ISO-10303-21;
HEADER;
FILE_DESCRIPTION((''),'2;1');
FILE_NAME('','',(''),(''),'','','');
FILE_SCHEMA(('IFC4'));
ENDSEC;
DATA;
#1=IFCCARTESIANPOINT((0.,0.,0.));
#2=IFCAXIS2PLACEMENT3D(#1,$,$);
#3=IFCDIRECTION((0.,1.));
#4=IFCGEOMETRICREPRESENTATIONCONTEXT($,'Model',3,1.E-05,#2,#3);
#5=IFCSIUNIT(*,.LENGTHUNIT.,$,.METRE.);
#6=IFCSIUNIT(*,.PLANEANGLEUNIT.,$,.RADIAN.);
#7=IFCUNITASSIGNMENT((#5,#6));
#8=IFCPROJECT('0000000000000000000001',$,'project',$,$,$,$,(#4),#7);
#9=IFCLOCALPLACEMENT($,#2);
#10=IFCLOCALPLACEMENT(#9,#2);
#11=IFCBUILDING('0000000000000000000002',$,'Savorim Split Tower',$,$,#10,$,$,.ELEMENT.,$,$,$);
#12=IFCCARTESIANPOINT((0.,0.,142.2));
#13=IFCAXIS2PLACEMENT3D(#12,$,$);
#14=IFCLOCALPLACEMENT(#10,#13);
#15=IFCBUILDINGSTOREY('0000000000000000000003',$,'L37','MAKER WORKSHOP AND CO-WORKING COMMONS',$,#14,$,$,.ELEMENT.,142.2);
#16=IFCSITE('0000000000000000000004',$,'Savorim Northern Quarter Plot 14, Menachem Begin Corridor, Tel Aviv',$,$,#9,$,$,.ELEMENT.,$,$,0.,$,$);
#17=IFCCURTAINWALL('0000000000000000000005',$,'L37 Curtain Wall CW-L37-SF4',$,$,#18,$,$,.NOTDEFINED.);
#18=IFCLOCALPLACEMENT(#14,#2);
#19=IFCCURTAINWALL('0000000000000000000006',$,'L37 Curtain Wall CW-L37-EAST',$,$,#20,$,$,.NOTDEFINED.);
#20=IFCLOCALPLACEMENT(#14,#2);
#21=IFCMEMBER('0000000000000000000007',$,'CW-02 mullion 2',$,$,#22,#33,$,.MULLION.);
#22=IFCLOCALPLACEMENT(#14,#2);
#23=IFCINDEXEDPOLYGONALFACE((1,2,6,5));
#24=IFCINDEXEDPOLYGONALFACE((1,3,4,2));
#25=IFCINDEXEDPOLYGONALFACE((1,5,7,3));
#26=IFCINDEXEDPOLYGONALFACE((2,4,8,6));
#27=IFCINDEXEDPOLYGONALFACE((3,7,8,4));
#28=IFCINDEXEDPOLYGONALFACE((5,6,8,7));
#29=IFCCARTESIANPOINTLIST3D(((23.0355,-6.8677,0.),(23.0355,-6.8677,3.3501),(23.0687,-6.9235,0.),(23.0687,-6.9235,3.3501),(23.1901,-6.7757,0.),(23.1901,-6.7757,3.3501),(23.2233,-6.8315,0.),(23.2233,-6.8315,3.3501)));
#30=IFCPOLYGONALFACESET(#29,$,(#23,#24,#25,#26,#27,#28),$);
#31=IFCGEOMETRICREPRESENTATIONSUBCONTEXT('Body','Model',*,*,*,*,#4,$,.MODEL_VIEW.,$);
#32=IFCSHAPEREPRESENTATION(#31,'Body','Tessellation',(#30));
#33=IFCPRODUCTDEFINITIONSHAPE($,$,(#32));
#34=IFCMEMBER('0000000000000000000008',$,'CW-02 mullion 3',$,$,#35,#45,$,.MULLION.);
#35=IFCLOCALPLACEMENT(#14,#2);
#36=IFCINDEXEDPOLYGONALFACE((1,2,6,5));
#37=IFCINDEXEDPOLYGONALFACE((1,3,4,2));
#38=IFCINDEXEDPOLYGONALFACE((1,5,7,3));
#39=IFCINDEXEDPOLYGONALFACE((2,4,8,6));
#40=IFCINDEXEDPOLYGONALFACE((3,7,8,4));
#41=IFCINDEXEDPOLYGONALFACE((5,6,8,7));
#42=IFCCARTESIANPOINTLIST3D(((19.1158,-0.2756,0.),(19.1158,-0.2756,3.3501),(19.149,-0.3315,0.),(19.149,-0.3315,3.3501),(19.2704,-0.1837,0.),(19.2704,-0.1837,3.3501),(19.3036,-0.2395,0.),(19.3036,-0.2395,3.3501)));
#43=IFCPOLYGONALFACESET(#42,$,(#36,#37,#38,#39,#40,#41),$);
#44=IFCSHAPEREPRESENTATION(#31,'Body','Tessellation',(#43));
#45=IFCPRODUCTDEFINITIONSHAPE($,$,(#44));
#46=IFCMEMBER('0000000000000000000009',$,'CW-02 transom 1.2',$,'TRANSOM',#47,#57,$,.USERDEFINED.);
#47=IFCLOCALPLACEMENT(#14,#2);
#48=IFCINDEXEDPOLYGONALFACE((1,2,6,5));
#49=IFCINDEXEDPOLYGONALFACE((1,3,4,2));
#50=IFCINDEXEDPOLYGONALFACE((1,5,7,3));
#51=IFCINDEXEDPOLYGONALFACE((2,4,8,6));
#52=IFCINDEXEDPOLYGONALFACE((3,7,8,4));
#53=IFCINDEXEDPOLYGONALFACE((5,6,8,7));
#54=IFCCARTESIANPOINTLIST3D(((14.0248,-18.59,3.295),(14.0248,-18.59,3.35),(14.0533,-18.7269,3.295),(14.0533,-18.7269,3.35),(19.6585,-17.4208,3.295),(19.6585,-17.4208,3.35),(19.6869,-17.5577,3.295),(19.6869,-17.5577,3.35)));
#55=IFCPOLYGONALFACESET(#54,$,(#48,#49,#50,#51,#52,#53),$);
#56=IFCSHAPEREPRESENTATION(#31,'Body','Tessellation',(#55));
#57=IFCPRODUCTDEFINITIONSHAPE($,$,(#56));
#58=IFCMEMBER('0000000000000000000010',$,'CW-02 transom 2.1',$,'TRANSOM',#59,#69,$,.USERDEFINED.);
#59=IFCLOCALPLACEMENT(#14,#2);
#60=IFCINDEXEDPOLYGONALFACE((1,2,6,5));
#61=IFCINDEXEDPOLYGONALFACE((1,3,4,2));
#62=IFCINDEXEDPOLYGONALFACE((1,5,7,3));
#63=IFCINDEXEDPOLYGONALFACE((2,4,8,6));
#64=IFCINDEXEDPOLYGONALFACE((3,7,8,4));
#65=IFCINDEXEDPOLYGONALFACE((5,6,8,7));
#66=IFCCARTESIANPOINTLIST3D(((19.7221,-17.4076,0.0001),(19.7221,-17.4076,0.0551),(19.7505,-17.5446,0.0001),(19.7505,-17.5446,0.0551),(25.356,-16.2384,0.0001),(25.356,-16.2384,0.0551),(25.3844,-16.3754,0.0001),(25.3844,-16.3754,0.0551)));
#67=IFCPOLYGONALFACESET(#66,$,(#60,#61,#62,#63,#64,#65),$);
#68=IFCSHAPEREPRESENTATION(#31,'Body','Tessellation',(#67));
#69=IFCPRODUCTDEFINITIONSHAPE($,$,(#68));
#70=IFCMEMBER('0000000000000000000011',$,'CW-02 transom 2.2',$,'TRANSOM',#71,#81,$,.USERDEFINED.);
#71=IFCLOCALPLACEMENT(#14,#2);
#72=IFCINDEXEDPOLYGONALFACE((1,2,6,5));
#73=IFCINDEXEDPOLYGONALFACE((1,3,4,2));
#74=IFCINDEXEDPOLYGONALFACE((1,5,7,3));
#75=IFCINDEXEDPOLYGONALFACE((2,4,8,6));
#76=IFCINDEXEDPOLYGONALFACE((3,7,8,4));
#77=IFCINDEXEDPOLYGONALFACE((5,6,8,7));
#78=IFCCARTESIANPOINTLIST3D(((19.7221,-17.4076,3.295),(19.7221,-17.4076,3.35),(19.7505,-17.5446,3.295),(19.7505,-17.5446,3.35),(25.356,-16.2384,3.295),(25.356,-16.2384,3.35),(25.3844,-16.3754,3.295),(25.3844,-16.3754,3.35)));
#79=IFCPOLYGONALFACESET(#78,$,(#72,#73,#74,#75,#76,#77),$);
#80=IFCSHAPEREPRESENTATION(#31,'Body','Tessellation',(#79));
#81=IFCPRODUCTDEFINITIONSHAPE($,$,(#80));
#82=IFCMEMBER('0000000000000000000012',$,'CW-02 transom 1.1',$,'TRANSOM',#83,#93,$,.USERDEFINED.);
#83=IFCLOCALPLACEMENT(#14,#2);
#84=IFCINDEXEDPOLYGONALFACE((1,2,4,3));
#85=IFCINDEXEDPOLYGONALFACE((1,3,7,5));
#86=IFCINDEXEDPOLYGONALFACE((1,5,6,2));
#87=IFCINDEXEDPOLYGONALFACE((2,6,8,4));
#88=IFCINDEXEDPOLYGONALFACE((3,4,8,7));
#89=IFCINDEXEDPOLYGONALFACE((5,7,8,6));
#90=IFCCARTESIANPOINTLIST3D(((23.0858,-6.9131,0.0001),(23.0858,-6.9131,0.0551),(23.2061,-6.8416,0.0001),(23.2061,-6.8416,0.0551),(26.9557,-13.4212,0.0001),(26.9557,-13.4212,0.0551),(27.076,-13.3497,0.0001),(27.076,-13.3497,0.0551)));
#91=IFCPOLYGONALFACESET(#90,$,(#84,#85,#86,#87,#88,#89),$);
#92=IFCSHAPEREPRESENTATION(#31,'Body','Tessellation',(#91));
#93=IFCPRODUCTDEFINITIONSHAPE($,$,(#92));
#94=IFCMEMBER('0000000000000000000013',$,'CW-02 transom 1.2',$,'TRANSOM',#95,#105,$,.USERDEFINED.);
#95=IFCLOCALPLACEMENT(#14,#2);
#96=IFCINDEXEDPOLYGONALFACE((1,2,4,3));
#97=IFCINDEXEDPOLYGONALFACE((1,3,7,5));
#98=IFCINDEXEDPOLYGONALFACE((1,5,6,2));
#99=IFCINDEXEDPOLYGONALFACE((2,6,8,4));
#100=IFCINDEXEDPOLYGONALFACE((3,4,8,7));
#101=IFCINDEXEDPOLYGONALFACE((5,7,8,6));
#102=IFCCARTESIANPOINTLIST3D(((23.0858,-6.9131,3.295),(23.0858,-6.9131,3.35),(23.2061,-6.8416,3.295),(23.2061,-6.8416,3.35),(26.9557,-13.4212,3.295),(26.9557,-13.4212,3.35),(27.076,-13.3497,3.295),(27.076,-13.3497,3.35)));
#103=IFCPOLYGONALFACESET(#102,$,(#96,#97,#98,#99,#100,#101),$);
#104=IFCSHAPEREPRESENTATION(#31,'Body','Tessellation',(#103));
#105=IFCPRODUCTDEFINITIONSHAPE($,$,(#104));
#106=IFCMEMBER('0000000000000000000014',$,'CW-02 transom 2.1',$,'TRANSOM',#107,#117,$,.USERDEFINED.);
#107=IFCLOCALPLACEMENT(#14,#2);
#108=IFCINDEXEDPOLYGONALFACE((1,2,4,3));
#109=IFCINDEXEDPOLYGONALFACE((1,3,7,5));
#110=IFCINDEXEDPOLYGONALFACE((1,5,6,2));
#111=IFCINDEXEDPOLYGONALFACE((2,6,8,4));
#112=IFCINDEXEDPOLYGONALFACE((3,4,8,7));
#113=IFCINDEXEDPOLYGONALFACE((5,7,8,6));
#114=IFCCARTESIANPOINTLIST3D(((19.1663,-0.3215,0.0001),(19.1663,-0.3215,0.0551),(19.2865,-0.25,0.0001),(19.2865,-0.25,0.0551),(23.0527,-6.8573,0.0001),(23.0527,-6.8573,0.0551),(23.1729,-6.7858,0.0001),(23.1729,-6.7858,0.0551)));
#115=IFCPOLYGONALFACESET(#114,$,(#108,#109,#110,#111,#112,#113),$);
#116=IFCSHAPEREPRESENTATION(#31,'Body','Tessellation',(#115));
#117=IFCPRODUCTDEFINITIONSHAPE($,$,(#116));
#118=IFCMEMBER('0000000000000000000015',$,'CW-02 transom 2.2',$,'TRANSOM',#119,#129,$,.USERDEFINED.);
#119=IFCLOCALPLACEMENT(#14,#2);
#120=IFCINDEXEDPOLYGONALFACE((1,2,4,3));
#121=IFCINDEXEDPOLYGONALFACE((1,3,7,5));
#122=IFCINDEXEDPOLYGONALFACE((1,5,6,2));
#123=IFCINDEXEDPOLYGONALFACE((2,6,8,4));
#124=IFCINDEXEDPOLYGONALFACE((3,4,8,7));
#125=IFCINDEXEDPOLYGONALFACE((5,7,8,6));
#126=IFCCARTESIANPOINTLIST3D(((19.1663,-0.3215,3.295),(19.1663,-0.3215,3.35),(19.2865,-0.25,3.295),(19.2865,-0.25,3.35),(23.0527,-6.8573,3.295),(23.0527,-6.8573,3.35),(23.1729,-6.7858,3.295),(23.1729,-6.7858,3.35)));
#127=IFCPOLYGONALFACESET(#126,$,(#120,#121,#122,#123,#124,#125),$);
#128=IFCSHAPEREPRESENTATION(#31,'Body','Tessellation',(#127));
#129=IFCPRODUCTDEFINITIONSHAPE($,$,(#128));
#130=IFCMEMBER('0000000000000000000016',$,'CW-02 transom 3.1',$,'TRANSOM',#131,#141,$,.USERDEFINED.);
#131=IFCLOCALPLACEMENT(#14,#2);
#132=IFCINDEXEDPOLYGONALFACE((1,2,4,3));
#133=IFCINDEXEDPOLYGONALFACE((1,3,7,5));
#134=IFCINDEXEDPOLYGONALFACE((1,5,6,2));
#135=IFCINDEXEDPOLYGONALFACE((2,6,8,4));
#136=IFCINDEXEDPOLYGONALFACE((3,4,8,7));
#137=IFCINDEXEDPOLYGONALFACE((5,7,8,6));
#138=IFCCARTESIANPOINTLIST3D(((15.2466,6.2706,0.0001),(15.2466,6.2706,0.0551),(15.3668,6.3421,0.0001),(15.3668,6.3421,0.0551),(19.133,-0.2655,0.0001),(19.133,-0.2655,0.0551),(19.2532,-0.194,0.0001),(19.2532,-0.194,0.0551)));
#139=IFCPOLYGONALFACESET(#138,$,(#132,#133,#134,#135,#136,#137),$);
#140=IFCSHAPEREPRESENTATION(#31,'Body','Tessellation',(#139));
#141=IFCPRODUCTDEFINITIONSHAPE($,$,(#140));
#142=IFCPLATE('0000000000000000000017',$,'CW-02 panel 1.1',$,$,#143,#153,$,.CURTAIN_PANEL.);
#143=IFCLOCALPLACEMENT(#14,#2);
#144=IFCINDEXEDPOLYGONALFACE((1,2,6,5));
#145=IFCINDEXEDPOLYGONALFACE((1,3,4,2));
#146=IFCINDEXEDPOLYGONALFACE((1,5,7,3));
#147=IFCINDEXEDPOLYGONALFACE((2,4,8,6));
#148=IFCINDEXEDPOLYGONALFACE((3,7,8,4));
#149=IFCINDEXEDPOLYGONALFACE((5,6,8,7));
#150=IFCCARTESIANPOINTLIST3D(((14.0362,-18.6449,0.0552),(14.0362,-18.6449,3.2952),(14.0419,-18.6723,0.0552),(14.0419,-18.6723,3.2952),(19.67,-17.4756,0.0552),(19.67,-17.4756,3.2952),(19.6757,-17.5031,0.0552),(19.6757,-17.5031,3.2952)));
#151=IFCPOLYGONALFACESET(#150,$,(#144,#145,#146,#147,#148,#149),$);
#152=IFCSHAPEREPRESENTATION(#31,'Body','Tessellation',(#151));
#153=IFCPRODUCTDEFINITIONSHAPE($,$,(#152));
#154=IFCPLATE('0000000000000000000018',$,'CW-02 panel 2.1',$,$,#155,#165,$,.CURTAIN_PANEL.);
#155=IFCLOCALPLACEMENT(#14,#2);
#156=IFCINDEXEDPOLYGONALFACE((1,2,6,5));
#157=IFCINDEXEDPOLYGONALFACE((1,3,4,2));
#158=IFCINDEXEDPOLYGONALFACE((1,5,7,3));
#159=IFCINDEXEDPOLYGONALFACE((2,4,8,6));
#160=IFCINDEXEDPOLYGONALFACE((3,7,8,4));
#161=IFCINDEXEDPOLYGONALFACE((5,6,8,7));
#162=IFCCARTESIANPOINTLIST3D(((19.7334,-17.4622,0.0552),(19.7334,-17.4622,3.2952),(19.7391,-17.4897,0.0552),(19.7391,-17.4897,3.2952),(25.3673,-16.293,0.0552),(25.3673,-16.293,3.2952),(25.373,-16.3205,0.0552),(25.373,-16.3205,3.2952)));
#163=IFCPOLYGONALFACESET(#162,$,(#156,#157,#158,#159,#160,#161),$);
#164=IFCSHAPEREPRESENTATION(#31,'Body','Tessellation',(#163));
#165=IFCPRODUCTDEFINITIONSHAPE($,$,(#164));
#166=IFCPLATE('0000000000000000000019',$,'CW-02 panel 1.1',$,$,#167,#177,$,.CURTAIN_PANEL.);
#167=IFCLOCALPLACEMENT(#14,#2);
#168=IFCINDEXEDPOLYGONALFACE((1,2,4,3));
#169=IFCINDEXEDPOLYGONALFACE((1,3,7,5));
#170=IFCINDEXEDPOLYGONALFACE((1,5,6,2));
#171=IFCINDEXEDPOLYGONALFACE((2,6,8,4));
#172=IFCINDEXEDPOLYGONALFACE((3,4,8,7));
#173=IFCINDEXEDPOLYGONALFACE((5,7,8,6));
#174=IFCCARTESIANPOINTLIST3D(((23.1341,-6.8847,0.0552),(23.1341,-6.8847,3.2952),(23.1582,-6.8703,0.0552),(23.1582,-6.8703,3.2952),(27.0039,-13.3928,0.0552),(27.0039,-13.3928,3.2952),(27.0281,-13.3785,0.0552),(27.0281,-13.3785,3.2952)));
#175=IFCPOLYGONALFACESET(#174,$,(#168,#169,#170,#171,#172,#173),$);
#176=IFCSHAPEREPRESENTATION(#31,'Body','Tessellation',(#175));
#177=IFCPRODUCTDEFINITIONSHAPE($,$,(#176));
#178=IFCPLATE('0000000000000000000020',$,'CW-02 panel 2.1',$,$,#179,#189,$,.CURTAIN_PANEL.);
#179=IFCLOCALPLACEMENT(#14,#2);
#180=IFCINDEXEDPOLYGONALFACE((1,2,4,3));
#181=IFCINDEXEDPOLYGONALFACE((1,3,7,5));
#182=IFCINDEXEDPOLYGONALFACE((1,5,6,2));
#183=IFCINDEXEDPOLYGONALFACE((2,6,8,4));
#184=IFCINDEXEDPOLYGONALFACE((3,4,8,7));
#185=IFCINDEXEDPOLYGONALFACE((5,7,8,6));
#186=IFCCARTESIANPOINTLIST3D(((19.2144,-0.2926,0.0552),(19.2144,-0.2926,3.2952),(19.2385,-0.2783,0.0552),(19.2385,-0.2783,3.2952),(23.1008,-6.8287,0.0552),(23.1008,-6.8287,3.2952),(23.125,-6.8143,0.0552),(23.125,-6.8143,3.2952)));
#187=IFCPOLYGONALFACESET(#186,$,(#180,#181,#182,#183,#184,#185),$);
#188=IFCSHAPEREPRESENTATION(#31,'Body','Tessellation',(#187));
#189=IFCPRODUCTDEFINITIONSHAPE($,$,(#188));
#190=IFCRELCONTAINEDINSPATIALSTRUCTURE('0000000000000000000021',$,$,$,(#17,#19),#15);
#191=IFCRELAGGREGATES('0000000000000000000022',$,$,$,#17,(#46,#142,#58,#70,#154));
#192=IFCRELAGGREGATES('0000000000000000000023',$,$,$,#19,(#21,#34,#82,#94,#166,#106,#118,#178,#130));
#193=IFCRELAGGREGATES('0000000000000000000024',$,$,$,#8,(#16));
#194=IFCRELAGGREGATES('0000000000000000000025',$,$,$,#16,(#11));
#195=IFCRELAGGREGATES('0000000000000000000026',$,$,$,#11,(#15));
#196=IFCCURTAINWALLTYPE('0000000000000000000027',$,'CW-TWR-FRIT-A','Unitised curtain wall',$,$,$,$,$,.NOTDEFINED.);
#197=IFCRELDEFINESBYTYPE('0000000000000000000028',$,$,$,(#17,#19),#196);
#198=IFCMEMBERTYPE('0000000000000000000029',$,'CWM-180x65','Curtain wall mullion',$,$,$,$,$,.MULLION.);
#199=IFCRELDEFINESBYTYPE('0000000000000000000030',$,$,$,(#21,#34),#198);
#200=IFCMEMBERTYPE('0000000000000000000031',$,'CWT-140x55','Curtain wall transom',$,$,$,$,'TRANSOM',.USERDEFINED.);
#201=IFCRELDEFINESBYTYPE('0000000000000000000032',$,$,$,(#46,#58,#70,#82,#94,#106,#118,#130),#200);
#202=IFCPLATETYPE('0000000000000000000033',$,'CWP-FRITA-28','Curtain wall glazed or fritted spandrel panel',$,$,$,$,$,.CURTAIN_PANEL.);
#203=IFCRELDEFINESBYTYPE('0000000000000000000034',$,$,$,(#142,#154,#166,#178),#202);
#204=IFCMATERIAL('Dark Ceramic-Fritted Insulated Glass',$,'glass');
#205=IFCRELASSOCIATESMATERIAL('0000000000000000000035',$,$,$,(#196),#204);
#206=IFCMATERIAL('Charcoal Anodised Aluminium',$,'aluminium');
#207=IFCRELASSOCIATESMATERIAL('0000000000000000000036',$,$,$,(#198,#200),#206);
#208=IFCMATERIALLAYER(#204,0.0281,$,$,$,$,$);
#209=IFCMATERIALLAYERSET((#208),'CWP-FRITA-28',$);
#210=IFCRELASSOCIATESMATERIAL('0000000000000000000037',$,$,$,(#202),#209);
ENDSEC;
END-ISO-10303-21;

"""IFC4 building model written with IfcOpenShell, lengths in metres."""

from ifc_helpers import new_model, si_unit, direction, frame, origin, origin_2d, place, context, subcontext, project, spatial, rectangle, extrude, material, layer, layer_set, material_profile, profile_set, type_object, element, aggregate, save


model = new_model("IFC4")

# Units and contexts
model_context = context("Model", 3, precision=1e-05, world=origin(), true_north=direction((0.0, 1.0)))
body_context = subcontext(model_context, "Body", "Model", "MODEL_VIEW")
ifc_project = project(units=[si_unit("LENGTHUNIT", "METRE"), si_unit("PLANEANGLEUNIT", "RADIAN")], contexts=[model_context])

# Site, building, storey
site_placement = place(None, origin())
site = spatial("IfcSite", under=ifc_project, at=site_placement, Name="Savorim Northern Quarter Plot 14, Menachem Begin Corridor, Tel Aviv", CompositionType="ELEMENT", RefElevation=0.0)
building_placement = place(site_placement, origin())
building = spatial("IfcBuilding", under=site, at=building_placement, Name="Savorim Split Tower", CompositionType="ELEMENT")
storey_placement = place(building_placement, frame((0.0, 0.0, 142.2)))
storey = spatial("IfcBuildingStorey", under=building, at=storey_placement, Name="L37", Description="MAKER WORKSHOP AND CO-WORKING COMMONS", CompositionType="ELEMENT", Elevation=142.2)

# Curtain walls, members
ifc_material_1 = material(Name="Dark Ceramic-Fritted Insulated Glass", Category="glass")
curtain_wall_type = type_object("IfcCurtainWallType", Name="CW-TWR-FRIT-A", Description="Unitised curtain wall", PredefinedType="NOTDEFINED", material=ifc_material_1)
curtain_wall_1_placement = place(storey_placement, origin())
curtain_wall_1 = element("IfcCurtainWall", 1, at=curtain_wall_1_placement, inside=storey, type_object=curtain_wall_type, Name="L37 Curtain Wall CW-L37-SF4", PredefinedType="NOTDEFINED")
ifc_material_2 = material(Name="Charcoal Anodised Aluminium", Category="aluminium")
ifc_material_profile_1 = material_profile(ifc_material_2, rectangle(XDim=0.1799, YDim=0.0649, at=origin_2d()), Name="ALU-M 180x65")
ifc_profile_set_1 = profile_set([ifc_material_profile_1], Name="Charcoal Anodised Aluminium")
member_type_1 = type_object("IfcMemberType", Name="CWM-180x65", Description="Curtain wall mullion", PredefinedType="MULLION", material=ifc_profile_set_1)
curtain_wall_2_placement = place(storey_placement, origin())
curtain_wall_2 = element("IfcCurtainWall", 2, at=curtain_wall_2_placement, inside=storey, type_object=curtain_wall_type, Name="L37 Curtain Wall CW-L37-EAST", PredefinedType="NOTDEFINED")
member_1_placement = place(storey_placement, frame((23.1294, -6.8496, 0.0), z_axis=(0.0, 0.0, 1.0), x_axis=(-0.859526, -0.511091, 0.0)))
member_1 = element("IfcMember", 3, at=member_1_placement, type_object=member_type_1, Name="CW-02 mullion 2", PredefinedType="MULLION", context=body_context, shape_type="SweptSolid", body=[
    extrude(rectangle(XDim=0.1799, YDim=0.0649, at=origin_2d()), origin(), (0.0, 0.0, 1.0), 3.3501),
])
member_2_placement = place(storey_placement, frame((19.2097, -0.2576, 0.0), z_axis=(0.0, 0.0, 1.0), x_axis=(-0.859526, -0.511091, 0.0)))
member_2 = element("IfcMember", 4, at=member_2_placement, type_object=member_type_1, Name="CW-02 mullion 3", PredefinedType="MULLION", context=body_context, shape_type="SweptSolid", body=[
    extrude(rectangle(XDim=0.1799, YDim=0.0649, at=origin_2d()), origin(), (0.0, 0.0, 1.0), 3.3501),
])

# Members
ifc_material_profile_2 = material_profile(ifc_material_2, rectangle(XDim=0.1399, YDim=0.0549, at=origin_2d()), Name="ALU-T 140x55")
ifc_profile_set_2 = profile_set([ifc_material_profile_2], Name="Charcoal Anodised Aluminium")
member_type_2 = type_object("IfcMemberType", Name="CWT-140x55", Description="Curtain wall transom", ElementType="TRANSOM", PredefinedType="USERDEFINED", material=ifc_profile_set_2)
member_3_placement = place(storey_placement, frame((14.0391, -18.6584, 3.3225), z_axis=(0.979135, 0.20321, 0.0), x_axis=(-0.20321, 0.979135, 0.0)))
member_3 = element("IfcMember", 5, at=member_3_placement, type_object=member_type_2, Name="CW-02 transom 1.2", ObjectType="TRANSOM", PredefinedType="USERDEFINED", context=body_context, shape_type="SweptSolid", body=[
    extrude(rectangle(XDim=0.1399, YDim=0.0549, at=origin_2d()), origin(), (0.0, 0.0, 1.0), 5.7537),
])
member_4_placement = place(storey_placement, frame((19.7363, -17.4761, 0.0276), z_axis=(0.979137, 0.203202, 0.0), x_axis=(-0.203202, 0.979137, 0.0)))
member_4 = element("IfcMember", 6, at=member_4_placement, type_object=member_type_2, Name="CW-02 transom 2.1", ObjectType="TRANSOM", PredefinedType="USERDEFINED", context=body_context, shape_type="SweptSolid", body=[
    extrude(rectangle(XDim=0.1399, YDim=0.0549, at=origin_2d()), origin(), (0.0, 0.0, 1.0), 5.7539),
])
member_5_placement = place(storey_placement, frame((19.7363, -17.4761, 3.3225), z_axis=(0.979137, 0.203202, 0.0), x_axis=(-0.203202, 0.979137, 0.0)))
member_5 = element("IfcMember", 7, at=member_5_placement, type_object=member_type_2, Name="CW-02 transom 2.2", ObjectType="TRANSOM", PredefinedType="USERDEFINED", context=body_context, shape_type="SweptSolid", body=[
    extrude(rectangle(XDim=0.1399, YDim=0.0549, at=origin_2d()), origin(), (0.0, 0.0, 1.0), 5.7539),
])
member_6_placement = place(storey_placement, frame((27.0159, -13.3855, 0.0276), z_axis=(-0.511097, 0.859523, 0.0), x_axis=(-0.859523, -0.511097, 0.0)))
member_6 = element("IfcMember", 8, at=member_6_placement, type_object=member_type_2, Name="CW-02 transom 1.1", ObjectType="TRANSOM", PredefinedType="USERDEFINED", context=body_context, shape_type="SweptSolid", body=[
    extrude(rectangle(XDim=0.1399, YDim=0.0549, at=origin_2d()), origin(), (0.0, 0.0, 1.0), 7.5718),
])
member_7_placement = place(storey_placement, frame((27.0159, -13.3855, 3.3225), z_axis=(-0.511097, 0.859523, 0.0), x_axis=(-0.859523, -0.511097, 0.0)))
member_7 = element("IfcMember", 9, at=member_7_placement, type_object=member_type_2, Name="CW-02 transom 1.2", ObjectType="TRANSOM", PredefinedType="USERDEFINED", context=body_context, shape_type="SweptSolid", body=[
    extrude(rectangle(XDim=0.1399, YDim=0.0549, at=origin_2d()), origin(), (0.0, 0.0, 1.0), 7.5718),
])
member_8_placement = place(storey_placement, frame((23.1128, -6.8215, 0.0276), z_axis=(-0.511102, 0.85952, 0.0), x_axis=(-0.85952, -0.511102, 0.0)))
member_8 = element("IfcMember", 10, at=member_8_placement, type_object=member_type_2, Name="CW-02 transom 2.1", ObjectType="TRANSOM", PredefinedType="USERDEFINED", context=body_context, shape_type="SweptSolid", body=[
    extrude(rectangle(XDim=0.1399, YDim=0.0549, at=origin_2d()), origin(), (0.0, 0.0, 1.0), 7.604),
])
member_9_placement = place(storey_placement, frame((23.1128, -6.8215, 3.3225), z_axis=(-0.511102, 0.85952, 0.0), x_axis=(-0.85952, -0.511102, 0.0)))
member_9 = element("IfcMember", 11, at=member_9_placement, type_object=member_type_2, Name="CW-02 transom 2.2", ObjectType="TRANSOM", PredefinedType="USERDEFINED", context=body_context, shape_type="SweptSolid", body=[
    extrude(rectangle(XDim=0.1399, YDim=0.0549, at=origin_2d()), origin(), (0.0, 0.0, 1.0), 7.604),
])
member_10_placement = place(storey_placement, frame((19.1931, -0.2297, 0.0276), z_axis=(-0.511088, 0.859529, 0.0), x_axis=(-0.859529, -0.511088, 0.0)))
member_10 = element("IfcMember", 12, at=member_10_placement, type_object=member_type_2, Name="CW-02 transom 3.1", ObjectType="TRANSOM", PredefinedType="USERDEFINED", context=body_context, shape_type="SweptSolid", body=[
    extrude(rectangle(XDim=0.1399, YDim=0.0549, at=origin_2d()), origin(), (0.0, 0.0, 1.0), 7.6042),
])

# Plates
ifc_layer_1 = layer(ifc_material_1, 0.0281)
ifc_layer_set_1 = layer_set([ifc_layer_1], Name="CWP-FRITA-28")
plate_type = type_object("IfcPlateType", Name="CWP-FRITA-28", Description="Curtain wall glazed or fritted spandrel panel", PredefinedType="CURTAIN_PANEL", material=ifc_layer_set_1)
plate_1_placement = place(storey_placement, frame((16.856, -18.074, 0.0552), z_axis=(0.0, 0.0, 1.0), x_axis=(0.979135, 0.20321, 0.0)))
plate_1 = element("IfcPlate", 13, at=plate_1_placement, type_object=plate_type, Name="CW-02 panel 1.1", PredefinedType="CURTAIN_PANEL", context=body_context, shape_type="SweptSolid", body=[
    extrude(rectangle(XDim=5.7539, YDim=0.0281, at=origin_2d()), origin(), (0.0, 0.0, 1.0), 3.24),
])
plate_2_placement = place(storey_placement, frame((22.5532, -16.8914, 0.0552), z_axis=(0.0, 0.0, 1.0), x_axis=(0.979135, 0.20321, 0.0)))
plate_2 = element("IfcPlate", 14, at=plate_2_placement, type_object=plate_type, Name="CW-02 panel 2.1", PredefinedType="CURTAIN_PANEL", context=body_context, shape_type="SweptSolid", body=[
    extrude(rectangle(XDim=5.7539, YDim=0.0281, at=origin_2d()), origin(), (0.0, 0.0, 1.0), 3.24),
])
aggregate(curtain_wall_1, [member_3, plate_1, member_4, member_5, plate_2])
plate_3_placement = place(storey_placement, frame((25.0811, -10.1316, 0.0552), z_axis=(0.0, 0.0, 1.0), x_axis=(-0.511091, 0.859526, 0.0)))
plate_3 = element("IfcPlate", 15, at=plate_3_placement, type_object=plate_type, Name="CW-02 panel 1.1", PredefinedType="CURTAIN_PANEL", context=body_context, shape_type="SweptSolid", body=[
    extrude(rectangle(XDim=7.5718, YDim=0.0281, at=origin_2d()), origin(), (0.0, 0.0, 1.0), 3.24),
])
plate_4_placement = place(storey_placement, frame((21.1697, -3.5535, 0.0552), z_axis=(0.0, 0.0, 1.0), x_axis=(-0.511091, 0.859526, 0.0)))
plate_4 = element("IfcPlate", 16, at=plate_4_placement, type_object=plate_type, Name="CW-02 panel 2.1", PredefinedType="CURTAIN_PANEL", context=body_context, shape_type="SweptSolid", body=[
    extrude(rectangle(XDim=7.6042, YDim=0.0281, at=origin_2d()), origin(), (0.0, 0.0, 1.0), 3.24),
])
aggregate(curtain_wall_2, [member_1, member_2, member_6, member_7, plate_3, member_8, member_9, plate_4, member_10])

save(model, "model.ifc")
